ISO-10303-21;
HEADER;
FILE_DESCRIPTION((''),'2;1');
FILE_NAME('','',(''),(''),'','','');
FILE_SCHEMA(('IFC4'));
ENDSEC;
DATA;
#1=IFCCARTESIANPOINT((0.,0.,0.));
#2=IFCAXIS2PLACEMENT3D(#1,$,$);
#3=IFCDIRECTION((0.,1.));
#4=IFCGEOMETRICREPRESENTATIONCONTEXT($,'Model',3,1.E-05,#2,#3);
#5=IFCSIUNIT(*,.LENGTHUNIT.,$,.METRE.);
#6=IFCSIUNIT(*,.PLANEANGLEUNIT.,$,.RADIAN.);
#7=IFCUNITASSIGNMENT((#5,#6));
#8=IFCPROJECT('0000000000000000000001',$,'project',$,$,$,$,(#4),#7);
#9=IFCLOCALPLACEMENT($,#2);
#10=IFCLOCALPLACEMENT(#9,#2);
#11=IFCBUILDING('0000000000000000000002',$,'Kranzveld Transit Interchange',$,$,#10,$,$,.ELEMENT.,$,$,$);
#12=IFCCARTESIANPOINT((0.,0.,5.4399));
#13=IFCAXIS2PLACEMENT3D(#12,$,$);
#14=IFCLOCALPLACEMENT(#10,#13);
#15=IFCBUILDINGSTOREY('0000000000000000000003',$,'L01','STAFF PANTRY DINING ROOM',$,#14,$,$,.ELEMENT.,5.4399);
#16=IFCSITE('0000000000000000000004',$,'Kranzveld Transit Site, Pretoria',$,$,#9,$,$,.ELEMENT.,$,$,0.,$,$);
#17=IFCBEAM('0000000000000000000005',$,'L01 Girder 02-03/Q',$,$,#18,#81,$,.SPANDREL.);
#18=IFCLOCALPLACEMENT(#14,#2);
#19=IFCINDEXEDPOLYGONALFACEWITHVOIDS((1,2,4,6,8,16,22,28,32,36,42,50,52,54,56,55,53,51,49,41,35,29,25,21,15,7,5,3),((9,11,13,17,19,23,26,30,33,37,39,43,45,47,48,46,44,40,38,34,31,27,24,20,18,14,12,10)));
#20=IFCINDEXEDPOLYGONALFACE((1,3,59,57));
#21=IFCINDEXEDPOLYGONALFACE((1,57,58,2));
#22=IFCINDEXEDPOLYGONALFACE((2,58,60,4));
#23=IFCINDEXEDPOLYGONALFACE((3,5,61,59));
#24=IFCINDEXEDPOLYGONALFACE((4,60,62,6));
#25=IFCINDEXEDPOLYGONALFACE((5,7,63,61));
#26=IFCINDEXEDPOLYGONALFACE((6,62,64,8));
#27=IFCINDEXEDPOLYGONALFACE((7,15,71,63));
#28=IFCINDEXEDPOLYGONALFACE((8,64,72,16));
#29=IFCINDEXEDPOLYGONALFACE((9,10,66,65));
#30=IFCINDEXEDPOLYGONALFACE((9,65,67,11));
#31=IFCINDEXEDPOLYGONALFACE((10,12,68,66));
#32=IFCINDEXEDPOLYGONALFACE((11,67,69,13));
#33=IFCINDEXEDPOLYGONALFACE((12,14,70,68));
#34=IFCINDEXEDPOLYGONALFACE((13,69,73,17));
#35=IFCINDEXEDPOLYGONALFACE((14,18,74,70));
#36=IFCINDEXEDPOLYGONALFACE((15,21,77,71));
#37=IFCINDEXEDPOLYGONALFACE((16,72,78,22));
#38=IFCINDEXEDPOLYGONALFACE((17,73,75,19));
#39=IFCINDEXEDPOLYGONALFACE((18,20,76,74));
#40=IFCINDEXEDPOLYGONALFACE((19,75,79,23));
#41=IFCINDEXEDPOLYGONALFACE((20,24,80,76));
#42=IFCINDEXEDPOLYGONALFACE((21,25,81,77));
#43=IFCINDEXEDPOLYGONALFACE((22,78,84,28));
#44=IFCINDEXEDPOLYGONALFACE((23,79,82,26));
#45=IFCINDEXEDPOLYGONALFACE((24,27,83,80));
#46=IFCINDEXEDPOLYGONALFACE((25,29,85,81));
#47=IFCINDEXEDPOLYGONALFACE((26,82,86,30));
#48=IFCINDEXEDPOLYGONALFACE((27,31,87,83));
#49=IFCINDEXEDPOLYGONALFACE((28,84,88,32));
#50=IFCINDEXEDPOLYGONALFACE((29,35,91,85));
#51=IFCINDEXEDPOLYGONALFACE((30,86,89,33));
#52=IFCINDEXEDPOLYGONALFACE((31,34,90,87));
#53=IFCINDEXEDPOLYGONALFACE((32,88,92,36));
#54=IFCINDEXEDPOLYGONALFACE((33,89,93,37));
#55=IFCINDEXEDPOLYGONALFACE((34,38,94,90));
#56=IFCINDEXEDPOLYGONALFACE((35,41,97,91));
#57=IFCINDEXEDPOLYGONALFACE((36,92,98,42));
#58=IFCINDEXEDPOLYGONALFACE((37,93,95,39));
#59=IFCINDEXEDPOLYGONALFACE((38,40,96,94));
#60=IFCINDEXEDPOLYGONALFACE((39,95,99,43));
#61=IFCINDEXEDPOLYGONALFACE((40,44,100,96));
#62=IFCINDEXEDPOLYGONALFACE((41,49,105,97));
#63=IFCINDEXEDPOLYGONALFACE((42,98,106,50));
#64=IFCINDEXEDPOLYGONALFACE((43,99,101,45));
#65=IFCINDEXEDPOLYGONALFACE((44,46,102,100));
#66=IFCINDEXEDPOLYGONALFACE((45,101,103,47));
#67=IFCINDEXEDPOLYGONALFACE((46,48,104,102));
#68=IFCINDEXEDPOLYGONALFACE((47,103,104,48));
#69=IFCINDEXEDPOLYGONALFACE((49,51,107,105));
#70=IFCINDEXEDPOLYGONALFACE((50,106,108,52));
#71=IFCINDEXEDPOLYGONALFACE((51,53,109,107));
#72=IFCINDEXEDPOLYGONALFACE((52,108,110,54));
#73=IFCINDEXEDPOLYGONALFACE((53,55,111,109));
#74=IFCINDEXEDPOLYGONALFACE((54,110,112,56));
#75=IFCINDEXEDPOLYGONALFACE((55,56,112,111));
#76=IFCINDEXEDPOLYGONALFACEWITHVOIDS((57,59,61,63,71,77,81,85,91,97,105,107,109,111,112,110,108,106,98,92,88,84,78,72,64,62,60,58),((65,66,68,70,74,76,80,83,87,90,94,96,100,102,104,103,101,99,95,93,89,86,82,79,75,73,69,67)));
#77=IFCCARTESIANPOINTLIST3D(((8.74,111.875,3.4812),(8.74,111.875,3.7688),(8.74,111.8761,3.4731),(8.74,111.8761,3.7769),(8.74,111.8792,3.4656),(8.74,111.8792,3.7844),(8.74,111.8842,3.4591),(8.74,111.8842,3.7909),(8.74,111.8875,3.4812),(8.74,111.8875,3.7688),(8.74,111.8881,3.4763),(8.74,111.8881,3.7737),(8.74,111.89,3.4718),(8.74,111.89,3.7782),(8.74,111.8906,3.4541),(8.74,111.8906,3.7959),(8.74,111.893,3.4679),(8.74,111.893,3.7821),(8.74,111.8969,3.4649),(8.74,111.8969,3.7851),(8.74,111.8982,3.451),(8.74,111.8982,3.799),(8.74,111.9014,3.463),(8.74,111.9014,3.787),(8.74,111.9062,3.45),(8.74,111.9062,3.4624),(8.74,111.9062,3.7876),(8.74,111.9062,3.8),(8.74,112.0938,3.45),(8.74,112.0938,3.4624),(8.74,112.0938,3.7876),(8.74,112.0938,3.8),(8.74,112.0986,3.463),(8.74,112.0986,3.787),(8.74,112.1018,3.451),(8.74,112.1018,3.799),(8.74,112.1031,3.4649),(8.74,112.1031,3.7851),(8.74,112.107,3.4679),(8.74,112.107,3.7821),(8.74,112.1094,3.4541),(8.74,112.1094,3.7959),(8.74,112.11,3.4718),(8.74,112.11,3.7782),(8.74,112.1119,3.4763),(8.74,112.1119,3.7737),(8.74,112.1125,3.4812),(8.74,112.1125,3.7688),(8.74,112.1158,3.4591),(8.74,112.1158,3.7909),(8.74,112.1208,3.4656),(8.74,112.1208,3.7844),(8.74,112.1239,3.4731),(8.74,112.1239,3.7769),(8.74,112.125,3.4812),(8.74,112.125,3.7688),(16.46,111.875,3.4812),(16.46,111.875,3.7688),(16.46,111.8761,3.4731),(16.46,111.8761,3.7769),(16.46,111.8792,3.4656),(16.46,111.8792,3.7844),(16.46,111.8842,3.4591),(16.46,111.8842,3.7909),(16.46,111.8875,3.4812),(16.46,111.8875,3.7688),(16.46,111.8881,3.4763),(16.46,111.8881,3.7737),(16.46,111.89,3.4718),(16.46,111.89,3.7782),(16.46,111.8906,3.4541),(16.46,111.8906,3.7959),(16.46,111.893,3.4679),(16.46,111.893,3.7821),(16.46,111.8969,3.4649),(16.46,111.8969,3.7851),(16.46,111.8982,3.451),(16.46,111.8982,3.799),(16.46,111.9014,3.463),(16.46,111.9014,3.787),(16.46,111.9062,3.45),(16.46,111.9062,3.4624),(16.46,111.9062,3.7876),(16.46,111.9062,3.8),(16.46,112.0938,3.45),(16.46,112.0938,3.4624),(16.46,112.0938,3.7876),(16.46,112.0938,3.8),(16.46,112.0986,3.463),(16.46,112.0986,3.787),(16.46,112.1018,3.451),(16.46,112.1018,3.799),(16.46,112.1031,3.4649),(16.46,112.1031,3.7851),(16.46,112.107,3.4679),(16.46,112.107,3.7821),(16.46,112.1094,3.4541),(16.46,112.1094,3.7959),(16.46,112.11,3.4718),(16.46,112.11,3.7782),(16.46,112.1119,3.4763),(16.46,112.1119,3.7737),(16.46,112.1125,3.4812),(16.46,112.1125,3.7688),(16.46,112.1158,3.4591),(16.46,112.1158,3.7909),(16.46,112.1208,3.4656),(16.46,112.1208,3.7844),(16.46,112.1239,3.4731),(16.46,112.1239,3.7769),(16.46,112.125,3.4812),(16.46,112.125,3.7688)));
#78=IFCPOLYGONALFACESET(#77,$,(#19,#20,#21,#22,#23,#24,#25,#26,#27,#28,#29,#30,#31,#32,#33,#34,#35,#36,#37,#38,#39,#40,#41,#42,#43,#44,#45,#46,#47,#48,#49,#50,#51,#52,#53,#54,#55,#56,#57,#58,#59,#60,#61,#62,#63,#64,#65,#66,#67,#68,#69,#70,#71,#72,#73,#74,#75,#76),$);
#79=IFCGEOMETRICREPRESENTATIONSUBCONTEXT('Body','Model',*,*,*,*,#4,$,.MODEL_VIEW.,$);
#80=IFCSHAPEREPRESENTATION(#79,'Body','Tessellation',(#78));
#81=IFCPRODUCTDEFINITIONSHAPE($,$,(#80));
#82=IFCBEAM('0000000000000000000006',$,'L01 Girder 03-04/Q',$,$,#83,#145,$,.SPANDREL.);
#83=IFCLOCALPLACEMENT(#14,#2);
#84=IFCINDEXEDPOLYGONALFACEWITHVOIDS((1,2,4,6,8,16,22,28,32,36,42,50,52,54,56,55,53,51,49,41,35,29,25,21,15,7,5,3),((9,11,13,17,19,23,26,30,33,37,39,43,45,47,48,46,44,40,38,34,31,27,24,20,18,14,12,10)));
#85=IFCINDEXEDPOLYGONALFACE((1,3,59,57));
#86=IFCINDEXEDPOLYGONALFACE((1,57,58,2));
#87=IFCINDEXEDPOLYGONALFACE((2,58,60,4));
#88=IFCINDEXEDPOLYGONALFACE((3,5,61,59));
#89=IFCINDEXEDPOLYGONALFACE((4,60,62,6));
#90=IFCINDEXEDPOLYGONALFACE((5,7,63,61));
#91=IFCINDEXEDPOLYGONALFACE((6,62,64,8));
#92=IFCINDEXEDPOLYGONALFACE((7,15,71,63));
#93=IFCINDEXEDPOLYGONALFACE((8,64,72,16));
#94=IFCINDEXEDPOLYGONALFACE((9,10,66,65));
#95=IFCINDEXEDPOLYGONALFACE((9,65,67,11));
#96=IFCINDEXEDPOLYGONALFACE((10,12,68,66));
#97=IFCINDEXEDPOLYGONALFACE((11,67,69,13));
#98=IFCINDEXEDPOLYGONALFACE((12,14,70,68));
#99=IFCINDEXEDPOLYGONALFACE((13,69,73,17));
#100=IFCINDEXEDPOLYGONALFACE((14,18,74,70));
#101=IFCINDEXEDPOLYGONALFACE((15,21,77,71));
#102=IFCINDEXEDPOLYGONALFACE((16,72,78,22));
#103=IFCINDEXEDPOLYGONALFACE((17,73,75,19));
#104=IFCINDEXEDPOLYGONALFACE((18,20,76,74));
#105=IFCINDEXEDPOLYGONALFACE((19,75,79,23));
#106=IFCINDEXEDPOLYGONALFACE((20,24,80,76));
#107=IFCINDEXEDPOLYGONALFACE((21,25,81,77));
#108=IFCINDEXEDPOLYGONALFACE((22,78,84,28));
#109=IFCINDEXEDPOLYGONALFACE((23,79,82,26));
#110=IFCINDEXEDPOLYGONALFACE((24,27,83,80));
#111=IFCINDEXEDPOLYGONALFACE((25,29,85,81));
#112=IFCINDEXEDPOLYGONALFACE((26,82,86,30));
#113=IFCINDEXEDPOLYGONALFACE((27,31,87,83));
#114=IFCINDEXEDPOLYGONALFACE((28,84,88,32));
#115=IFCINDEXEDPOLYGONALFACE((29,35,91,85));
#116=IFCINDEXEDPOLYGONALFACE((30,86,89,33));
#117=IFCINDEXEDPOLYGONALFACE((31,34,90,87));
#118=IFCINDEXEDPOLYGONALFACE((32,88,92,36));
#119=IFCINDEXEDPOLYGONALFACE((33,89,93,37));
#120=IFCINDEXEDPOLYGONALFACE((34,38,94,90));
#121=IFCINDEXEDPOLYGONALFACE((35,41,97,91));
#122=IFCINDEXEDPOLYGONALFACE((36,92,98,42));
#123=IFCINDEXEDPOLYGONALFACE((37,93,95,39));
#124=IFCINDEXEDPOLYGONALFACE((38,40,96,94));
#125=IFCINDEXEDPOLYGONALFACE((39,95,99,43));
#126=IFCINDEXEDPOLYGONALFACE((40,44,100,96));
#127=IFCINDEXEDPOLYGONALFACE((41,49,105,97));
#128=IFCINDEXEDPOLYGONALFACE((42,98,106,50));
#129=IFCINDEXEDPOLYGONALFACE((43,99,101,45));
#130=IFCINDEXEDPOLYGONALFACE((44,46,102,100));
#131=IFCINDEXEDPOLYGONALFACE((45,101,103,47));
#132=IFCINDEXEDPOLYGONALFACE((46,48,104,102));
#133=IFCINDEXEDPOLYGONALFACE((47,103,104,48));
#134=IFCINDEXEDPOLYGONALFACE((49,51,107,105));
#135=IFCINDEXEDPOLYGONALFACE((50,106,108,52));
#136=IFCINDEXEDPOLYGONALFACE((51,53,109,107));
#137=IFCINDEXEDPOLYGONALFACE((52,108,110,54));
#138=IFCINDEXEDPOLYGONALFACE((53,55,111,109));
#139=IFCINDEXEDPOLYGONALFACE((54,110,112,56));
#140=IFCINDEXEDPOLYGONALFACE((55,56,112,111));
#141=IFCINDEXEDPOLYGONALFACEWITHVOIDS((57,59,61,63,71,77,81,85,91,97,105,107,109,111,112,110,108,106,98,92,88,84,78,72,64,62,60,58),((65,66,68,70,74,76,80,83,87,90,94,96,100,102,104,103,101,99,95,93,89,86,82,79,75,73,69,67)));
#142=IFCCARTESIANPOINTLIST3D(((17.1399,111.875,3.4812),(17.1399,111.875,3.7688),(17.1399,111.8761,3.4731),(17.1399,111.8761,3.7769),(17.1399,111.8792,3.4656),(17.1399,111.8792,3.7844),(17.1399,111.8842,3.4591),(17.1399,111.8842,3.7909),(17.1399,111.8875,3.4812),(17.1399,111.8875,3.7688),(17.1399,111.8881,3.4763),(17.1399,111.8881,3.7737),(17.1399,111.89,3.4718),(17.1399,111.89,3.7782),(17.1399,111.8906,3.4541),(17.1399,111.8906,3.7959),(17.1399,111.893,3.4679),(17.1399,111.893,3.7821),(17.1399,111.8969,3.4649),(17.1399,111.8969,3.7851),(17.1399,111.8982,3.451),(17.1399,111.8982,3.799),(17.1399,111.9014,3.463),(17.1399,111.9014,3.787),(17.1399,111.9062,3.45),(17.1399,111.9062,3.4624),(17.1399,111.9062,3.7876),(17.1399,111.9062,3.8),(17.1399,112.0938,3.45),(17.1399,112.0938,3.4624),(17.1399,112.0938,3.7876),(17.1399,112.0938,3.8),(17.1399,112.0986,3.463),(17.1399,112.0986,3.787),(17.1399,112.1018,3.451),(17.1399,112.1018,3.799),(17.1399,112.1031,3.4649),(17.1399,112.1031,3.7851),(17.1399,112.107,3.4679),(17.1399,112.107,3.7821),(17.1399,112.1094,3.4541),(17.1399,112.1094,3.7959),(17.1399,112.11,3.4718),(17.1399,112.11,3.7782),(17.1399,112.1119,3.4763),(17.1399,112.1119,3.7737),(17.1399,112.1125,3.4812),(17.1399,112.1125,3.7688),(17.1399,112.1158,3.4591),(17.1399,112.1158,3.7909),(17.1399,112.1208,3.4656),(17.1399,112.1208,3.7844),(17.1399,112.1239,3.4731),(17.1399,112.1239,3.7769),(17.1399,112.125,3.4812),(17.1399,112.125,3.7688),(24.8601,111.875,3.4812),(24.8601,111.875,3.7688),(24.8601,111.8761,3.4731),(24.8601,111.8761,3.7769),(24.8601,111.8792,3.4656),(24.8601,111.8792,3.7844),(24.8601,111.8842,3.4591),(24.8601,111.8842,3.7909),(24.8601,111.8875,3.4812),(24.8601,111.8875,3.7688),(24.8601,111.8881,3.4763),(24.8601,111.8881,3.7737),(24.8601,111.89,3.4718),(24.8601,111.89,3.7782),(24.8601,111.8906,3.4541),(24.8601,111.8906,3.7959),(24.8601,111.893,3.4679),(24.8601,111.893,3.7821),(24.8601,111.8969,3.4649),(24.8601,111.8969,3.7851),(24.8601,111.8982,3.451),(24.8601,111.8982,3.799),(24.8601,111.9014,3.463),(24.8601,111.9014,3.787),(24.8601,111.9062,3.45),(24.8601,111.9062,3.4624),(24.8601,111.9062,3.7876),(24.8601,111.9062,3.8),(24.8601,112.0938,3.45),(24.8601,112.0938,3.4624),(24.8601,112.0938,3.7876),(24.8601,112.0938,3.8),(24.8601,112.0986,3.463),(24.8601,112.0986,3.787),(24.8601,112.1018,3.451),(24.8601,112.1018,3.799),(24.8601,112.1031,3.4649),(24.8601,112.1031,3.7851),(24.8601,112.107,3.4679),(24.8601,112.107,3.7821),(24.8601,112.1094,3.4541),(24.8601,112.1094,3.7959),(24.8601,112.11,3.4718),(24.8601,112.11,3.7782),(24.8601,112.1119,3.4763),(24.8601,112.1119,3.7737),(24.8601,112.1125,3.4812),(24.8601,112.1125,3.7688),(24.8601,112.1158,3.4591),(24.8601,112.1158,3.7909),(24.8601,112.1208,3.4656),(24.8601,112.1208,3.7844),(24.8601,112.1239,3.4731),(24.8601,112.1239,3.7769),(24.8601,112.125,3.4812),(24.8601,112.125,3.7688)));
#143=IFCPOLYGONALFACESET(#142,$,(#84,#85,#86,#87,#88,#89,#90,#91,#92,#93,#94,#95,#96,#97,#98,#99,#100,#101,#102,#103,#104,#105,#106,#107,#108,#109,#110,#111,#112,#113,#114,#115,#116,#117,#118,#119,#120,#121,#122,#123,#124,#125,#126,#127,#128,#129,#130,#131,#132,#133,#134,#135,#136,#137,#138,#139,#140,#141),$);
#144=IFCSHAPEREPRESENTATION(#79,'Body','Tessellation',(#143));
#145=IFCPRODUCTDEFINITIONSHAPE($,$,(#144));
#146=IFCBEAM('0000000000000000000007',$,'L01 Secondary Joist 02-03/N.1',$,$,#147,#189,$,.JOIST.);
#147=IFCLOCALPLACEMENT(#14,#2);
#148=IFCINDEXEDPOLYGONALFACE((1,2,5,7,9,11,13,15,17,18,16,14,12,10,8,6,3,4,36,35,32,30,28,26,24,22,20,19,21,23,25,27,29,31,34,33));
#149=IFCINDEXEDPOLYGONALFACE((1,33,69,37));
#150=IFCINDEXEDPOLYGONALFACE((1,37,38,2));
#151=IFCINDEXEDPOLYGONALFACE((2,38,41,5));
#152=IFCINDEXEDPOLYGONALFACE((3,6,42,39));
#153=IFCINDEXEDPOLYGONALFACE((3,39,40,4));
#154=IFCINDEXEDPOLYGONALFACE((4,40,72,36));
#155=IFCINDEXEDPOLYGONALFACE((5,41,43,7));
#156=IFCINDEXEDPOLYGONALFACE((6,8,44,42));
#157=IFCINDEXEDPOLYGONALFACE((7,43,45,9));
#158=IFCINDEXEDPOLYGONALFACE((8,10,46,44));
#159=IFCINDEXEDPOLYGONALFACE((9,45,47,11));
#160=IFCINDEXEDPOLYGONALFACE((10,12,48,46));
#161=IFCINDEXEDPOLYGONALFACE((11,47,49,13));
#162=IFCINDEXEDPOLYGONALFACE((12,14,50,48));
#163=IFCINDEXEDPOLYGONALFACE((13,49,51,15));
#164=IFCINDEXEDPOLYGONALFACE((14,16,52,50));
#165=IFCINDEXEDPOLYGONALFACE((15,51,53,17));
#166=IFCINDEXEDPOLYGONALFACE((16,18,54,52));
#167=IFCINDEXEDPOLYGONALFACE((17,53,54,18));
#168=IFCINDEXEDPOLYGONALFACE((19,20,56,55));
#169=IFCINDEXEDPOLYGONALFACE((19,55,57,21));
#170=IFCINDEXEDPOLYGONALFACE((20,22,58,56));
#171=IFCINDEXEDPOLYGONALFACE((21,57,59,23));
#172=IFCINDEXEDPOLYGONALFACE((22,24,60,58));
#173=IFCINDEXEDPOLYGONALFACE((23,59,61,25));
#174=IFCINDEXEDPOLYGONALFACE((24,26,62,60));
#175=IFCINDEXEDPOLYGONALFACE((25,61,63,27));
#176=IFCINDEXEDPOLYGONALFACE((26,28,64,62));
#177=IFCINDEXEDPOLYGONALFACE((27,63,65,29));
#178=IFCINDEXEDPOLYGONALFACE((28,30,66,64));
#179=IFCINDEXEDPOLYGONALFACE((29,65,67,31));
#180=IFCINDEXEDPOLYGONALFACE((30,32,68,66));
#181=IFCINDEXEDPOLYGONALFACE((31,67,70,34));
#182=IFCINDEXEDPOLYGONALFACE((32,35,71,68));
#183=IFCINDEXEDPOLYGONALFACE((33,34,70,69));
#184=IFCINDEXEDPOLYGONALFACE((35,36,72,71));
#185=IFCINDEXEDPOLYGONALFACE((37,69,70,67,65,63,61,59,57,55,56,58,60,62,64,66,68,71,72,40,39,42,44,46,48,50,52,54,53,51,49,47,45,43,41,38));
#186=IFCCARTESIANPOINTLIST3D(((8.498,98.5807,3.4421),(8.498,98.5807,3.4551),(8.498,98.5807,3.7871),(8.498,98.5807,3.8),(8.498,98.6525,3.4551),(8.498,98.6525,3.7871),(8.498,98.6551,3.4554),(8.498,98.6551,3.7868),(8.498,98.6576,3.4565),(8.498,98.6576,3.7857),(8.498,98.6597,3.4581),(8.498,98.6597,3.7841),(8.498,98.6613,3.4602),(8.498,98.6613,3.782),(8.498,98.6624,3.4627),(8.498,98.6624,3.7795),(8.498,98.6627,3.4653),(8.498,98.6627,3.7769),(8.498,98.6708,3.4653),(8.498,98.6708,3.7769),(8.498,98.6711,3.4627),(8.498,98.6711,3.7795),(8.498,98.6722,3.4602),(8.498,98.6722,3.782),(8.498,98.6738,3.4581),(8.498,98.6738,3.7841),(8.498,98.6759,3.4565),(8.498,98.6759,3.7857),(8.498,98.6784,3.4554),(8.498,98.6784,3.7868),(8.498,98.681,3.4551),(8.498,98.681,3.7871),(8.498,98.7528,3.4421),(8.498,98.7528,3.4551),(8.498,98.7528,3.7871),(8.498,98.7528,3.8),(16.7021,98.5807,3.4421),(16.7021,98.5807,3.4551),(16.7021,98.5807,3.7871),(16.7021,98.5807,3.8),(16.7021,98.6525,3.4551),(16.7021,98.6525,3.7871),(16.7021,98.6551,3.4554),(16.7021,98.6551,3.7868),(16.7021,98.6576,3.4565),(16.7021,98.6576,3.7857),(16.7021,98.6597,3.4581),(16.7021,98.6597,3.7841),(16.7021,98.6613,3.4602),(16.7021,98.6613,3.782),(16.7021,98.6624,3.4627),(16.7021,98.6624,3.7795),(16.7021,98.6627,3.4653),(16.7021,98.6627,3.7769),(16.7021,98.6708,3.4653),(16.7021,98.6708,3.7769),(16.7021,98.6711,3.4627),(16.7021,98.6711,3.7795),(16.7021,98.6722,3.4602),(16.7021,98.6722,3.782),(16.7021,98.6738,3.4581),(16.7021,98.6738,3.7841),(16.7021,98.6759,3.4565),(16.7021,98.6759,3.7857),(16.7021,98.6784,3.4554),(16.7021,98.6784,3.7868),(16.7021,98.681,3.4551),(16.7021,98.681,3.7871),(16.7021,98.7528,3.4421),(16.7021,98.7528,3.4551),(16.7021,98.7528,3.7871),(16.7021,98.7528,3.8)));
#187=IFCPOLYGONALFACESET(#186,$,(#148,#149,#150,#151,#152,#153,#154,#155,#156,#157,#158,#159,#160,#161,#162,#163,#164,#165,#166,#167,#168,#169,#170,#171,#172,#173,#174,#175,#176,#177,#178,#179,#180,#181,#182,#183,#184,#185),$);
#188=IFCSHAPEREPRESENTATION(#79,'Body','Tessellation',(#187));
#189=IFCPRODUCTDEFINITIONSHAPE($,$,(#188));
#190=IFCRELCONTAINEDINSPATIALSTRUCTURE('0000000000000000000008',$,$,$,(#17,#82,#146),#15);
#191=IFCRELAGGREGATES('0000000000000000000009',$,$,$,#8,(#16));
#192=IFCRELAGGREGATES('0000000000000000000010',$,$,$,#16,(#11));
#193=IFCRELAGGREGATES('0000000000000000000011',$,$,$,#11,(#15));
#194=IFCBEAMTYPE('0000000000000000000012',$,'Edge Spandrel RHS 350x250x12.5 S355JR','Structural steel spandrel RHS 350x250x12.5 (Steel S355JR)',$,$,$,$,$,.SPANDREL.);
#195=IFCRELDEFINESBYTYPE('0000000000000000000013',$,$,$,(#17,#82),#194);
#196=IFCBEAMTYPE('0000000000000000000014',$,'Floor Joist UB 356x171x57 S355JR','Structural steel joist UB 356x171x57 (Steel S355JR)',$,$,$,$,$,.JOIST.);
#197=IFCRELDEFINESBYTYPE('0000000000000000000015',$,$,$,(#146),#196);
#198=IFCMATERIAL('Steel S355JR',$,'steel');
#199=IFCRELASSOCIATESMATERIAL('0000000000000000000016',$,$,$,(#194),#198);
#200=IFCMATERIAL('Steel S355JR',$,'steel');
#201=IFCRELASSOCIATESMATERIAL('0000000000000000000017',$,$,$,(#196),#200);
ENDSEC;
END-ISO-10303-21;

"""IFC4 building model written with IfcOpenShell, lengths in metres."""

from ifc_helpers import new_model, si_unit, direction, frame, origin, origin_2d, place, context, subcontext, project, spatial, hollow_rectangle, i_section, extrude, material, material_profile, profile_set, type_object, element, save


model = new_model("IFC4")

# Units and contexts
model_context = context("Model", 3, precision=1e-05, world=origin(), true_north=direction((0.0, 1.0)))
body_context = subcontext(model_context, "Body", "Model", "MODEL_VIEW")
ifc_project = project(units=[si_unit("LENGTHUNIT", "METRE"), si_unit("PLANEANGLEUNIT", "RADIAN")], contexts=[model_context])

# Site, building, storey
site_placement = place(None, origin())
site = spatial("IfcSite", under=ifc_project, at=site_placement, Name="Kranzveld Transit Site, Pretoria", CompositionType="ELEMENT", RefElevation=0.0)
building_placement = place(site_placement, origin())
building = spatial("IfcBuilding", under=site, at=building_placement, Name="Kranzveld Transit Interchange", CompositionType="ELEMENT")
storey_placement = place(building_placement, frame((0.0, 0.0, 5.4399)))
storey = spatial("IfcBuildingStorey", under=building, at=storey_placement, Name="L01", Description="STAFF PANTRY DINING ROOM", CompositionType="ELEMENT", Elevation=5.4399)

# Beams
ifc_material_1 = material(Name="Steel S355JR", Category="steel")
ifc_material_profile_1 = material_profile(ifc_material_1, hollow_rectangle(XDim=0.25, YDim=0.3501, WallThickness=0.0125, InnerFilletRadius=0.0188, OuterFilletRadius=0.0312, at=origin_2d()), Name="RHS 350x250x12.5")
ifc_profile_set_1 = profile_set([ifc_material_profile_1], Name="Steel S355JR")
beam_type_1 = type_object("IfcBeamType", Name="Edge Spandrel RHS 350x250x12.5 S355JR", Description="Structural steel spandrel RHS 350x250x12.5 (Steel S355JR)", PredefinedType="SPANDREL", material=ifc_profile_set_1)
beam_1_placement = place(storey_placement, frame((8.74, 112.0, 3.625), z_axis=(1.0, 0.0, 0.0), x_axis=(0.0, 1.0, 0.0)))
element("IfcBeam", 1, at=beam_1_placement, inside=storey, type_object=beam_type_1, Name="L01 Girder 02-03/Q", PredefinedType="SPANDREL", context=body_context, shape_type="SweptSolid", body=[
    extrude(hollow_rectangle(XDim=0.25, YDim=0.3501, WallThickness=0.0125, InnerFilletRadius=0.0188, OuterFilletRadius=0.0312, at=origin_2d()), origin(), (0.0, 0.0, 1.0), 7.72),
])
beam_2_placement = place(storey_placement, frame((17.1399, 112.0, 3.625), z_axis=(1.0, 0.0, 0.0), x_axis=(0.0, 1.0, 0.0)))
element("IfcBeam", 2, at=beam_2_placement, inside=storey, type_object=beam_type_1, Name="L01 Girder 03-04/Q", PredefinedType="SPANDREL", context=body_context, shape_type="SweptSolid", body=[
    extrude(hollow_rectangle(XDim=0.25, YDim=0.3501, WallThickness=0.0125, InnerFilletRadius=0.0188, OuterFilletRadius=0.0312, at=origin_2d()), origin(), (0.0, 0.0, 1.0), 7.7202),
])
ifc_material_2 = material(Name="Steel S355JR", Category="steel")
ifc_material_profile_2 = material_profile(ifc_material_2, i_section(OverallWidth=0.1721, OverallDepth=0.3579, WebThickness=0.0081, FlangeThickness=0.0129, FilletRadius=0.0103, at=origin_2d()), Name="UB 356x171x57")
ifc_profile_set_2 = profile_set([ifc_material_profile_2], Name="Steel S355JR")
beam_type_2 = type_object("IfcBeamType", Name="Floor Joist UB 356x171x57 S355JR", Description="Structural steel joist UB 356x171x57 (Steel S355JR)", PredefinedType="JOIST", material=ifc_profile_set_2)
for number, where, z_axis, x_axis, name in (
    (3, (8.498, 98.6667, 3.6211), (1.0, 0.0, 0.0), (0.0, 1.0, 0.0), "L01 Secondary Joist 02-03/N.1"),
):
    element("IfcBeam", number, at=place(storey_placement, frame(where, z_axis=z_axis, x_axis=x_axis)), inside=storey, type_object=beam_type_2, Name=name, PredefinedType="JOIST", context=body_context, shape_type="SweptSolid", body=[
        extrude(i_section(OverallWidth=0.1721, OverallDepth=0.3579, WebThickness=0.0081, FlangeThickness=0.0129, FilletRadius=0.0103, at=origin_2d()), origin(), (0.0, 0.0, 1.0), 8.2041),
    ])

save(model, "model.ifc")
